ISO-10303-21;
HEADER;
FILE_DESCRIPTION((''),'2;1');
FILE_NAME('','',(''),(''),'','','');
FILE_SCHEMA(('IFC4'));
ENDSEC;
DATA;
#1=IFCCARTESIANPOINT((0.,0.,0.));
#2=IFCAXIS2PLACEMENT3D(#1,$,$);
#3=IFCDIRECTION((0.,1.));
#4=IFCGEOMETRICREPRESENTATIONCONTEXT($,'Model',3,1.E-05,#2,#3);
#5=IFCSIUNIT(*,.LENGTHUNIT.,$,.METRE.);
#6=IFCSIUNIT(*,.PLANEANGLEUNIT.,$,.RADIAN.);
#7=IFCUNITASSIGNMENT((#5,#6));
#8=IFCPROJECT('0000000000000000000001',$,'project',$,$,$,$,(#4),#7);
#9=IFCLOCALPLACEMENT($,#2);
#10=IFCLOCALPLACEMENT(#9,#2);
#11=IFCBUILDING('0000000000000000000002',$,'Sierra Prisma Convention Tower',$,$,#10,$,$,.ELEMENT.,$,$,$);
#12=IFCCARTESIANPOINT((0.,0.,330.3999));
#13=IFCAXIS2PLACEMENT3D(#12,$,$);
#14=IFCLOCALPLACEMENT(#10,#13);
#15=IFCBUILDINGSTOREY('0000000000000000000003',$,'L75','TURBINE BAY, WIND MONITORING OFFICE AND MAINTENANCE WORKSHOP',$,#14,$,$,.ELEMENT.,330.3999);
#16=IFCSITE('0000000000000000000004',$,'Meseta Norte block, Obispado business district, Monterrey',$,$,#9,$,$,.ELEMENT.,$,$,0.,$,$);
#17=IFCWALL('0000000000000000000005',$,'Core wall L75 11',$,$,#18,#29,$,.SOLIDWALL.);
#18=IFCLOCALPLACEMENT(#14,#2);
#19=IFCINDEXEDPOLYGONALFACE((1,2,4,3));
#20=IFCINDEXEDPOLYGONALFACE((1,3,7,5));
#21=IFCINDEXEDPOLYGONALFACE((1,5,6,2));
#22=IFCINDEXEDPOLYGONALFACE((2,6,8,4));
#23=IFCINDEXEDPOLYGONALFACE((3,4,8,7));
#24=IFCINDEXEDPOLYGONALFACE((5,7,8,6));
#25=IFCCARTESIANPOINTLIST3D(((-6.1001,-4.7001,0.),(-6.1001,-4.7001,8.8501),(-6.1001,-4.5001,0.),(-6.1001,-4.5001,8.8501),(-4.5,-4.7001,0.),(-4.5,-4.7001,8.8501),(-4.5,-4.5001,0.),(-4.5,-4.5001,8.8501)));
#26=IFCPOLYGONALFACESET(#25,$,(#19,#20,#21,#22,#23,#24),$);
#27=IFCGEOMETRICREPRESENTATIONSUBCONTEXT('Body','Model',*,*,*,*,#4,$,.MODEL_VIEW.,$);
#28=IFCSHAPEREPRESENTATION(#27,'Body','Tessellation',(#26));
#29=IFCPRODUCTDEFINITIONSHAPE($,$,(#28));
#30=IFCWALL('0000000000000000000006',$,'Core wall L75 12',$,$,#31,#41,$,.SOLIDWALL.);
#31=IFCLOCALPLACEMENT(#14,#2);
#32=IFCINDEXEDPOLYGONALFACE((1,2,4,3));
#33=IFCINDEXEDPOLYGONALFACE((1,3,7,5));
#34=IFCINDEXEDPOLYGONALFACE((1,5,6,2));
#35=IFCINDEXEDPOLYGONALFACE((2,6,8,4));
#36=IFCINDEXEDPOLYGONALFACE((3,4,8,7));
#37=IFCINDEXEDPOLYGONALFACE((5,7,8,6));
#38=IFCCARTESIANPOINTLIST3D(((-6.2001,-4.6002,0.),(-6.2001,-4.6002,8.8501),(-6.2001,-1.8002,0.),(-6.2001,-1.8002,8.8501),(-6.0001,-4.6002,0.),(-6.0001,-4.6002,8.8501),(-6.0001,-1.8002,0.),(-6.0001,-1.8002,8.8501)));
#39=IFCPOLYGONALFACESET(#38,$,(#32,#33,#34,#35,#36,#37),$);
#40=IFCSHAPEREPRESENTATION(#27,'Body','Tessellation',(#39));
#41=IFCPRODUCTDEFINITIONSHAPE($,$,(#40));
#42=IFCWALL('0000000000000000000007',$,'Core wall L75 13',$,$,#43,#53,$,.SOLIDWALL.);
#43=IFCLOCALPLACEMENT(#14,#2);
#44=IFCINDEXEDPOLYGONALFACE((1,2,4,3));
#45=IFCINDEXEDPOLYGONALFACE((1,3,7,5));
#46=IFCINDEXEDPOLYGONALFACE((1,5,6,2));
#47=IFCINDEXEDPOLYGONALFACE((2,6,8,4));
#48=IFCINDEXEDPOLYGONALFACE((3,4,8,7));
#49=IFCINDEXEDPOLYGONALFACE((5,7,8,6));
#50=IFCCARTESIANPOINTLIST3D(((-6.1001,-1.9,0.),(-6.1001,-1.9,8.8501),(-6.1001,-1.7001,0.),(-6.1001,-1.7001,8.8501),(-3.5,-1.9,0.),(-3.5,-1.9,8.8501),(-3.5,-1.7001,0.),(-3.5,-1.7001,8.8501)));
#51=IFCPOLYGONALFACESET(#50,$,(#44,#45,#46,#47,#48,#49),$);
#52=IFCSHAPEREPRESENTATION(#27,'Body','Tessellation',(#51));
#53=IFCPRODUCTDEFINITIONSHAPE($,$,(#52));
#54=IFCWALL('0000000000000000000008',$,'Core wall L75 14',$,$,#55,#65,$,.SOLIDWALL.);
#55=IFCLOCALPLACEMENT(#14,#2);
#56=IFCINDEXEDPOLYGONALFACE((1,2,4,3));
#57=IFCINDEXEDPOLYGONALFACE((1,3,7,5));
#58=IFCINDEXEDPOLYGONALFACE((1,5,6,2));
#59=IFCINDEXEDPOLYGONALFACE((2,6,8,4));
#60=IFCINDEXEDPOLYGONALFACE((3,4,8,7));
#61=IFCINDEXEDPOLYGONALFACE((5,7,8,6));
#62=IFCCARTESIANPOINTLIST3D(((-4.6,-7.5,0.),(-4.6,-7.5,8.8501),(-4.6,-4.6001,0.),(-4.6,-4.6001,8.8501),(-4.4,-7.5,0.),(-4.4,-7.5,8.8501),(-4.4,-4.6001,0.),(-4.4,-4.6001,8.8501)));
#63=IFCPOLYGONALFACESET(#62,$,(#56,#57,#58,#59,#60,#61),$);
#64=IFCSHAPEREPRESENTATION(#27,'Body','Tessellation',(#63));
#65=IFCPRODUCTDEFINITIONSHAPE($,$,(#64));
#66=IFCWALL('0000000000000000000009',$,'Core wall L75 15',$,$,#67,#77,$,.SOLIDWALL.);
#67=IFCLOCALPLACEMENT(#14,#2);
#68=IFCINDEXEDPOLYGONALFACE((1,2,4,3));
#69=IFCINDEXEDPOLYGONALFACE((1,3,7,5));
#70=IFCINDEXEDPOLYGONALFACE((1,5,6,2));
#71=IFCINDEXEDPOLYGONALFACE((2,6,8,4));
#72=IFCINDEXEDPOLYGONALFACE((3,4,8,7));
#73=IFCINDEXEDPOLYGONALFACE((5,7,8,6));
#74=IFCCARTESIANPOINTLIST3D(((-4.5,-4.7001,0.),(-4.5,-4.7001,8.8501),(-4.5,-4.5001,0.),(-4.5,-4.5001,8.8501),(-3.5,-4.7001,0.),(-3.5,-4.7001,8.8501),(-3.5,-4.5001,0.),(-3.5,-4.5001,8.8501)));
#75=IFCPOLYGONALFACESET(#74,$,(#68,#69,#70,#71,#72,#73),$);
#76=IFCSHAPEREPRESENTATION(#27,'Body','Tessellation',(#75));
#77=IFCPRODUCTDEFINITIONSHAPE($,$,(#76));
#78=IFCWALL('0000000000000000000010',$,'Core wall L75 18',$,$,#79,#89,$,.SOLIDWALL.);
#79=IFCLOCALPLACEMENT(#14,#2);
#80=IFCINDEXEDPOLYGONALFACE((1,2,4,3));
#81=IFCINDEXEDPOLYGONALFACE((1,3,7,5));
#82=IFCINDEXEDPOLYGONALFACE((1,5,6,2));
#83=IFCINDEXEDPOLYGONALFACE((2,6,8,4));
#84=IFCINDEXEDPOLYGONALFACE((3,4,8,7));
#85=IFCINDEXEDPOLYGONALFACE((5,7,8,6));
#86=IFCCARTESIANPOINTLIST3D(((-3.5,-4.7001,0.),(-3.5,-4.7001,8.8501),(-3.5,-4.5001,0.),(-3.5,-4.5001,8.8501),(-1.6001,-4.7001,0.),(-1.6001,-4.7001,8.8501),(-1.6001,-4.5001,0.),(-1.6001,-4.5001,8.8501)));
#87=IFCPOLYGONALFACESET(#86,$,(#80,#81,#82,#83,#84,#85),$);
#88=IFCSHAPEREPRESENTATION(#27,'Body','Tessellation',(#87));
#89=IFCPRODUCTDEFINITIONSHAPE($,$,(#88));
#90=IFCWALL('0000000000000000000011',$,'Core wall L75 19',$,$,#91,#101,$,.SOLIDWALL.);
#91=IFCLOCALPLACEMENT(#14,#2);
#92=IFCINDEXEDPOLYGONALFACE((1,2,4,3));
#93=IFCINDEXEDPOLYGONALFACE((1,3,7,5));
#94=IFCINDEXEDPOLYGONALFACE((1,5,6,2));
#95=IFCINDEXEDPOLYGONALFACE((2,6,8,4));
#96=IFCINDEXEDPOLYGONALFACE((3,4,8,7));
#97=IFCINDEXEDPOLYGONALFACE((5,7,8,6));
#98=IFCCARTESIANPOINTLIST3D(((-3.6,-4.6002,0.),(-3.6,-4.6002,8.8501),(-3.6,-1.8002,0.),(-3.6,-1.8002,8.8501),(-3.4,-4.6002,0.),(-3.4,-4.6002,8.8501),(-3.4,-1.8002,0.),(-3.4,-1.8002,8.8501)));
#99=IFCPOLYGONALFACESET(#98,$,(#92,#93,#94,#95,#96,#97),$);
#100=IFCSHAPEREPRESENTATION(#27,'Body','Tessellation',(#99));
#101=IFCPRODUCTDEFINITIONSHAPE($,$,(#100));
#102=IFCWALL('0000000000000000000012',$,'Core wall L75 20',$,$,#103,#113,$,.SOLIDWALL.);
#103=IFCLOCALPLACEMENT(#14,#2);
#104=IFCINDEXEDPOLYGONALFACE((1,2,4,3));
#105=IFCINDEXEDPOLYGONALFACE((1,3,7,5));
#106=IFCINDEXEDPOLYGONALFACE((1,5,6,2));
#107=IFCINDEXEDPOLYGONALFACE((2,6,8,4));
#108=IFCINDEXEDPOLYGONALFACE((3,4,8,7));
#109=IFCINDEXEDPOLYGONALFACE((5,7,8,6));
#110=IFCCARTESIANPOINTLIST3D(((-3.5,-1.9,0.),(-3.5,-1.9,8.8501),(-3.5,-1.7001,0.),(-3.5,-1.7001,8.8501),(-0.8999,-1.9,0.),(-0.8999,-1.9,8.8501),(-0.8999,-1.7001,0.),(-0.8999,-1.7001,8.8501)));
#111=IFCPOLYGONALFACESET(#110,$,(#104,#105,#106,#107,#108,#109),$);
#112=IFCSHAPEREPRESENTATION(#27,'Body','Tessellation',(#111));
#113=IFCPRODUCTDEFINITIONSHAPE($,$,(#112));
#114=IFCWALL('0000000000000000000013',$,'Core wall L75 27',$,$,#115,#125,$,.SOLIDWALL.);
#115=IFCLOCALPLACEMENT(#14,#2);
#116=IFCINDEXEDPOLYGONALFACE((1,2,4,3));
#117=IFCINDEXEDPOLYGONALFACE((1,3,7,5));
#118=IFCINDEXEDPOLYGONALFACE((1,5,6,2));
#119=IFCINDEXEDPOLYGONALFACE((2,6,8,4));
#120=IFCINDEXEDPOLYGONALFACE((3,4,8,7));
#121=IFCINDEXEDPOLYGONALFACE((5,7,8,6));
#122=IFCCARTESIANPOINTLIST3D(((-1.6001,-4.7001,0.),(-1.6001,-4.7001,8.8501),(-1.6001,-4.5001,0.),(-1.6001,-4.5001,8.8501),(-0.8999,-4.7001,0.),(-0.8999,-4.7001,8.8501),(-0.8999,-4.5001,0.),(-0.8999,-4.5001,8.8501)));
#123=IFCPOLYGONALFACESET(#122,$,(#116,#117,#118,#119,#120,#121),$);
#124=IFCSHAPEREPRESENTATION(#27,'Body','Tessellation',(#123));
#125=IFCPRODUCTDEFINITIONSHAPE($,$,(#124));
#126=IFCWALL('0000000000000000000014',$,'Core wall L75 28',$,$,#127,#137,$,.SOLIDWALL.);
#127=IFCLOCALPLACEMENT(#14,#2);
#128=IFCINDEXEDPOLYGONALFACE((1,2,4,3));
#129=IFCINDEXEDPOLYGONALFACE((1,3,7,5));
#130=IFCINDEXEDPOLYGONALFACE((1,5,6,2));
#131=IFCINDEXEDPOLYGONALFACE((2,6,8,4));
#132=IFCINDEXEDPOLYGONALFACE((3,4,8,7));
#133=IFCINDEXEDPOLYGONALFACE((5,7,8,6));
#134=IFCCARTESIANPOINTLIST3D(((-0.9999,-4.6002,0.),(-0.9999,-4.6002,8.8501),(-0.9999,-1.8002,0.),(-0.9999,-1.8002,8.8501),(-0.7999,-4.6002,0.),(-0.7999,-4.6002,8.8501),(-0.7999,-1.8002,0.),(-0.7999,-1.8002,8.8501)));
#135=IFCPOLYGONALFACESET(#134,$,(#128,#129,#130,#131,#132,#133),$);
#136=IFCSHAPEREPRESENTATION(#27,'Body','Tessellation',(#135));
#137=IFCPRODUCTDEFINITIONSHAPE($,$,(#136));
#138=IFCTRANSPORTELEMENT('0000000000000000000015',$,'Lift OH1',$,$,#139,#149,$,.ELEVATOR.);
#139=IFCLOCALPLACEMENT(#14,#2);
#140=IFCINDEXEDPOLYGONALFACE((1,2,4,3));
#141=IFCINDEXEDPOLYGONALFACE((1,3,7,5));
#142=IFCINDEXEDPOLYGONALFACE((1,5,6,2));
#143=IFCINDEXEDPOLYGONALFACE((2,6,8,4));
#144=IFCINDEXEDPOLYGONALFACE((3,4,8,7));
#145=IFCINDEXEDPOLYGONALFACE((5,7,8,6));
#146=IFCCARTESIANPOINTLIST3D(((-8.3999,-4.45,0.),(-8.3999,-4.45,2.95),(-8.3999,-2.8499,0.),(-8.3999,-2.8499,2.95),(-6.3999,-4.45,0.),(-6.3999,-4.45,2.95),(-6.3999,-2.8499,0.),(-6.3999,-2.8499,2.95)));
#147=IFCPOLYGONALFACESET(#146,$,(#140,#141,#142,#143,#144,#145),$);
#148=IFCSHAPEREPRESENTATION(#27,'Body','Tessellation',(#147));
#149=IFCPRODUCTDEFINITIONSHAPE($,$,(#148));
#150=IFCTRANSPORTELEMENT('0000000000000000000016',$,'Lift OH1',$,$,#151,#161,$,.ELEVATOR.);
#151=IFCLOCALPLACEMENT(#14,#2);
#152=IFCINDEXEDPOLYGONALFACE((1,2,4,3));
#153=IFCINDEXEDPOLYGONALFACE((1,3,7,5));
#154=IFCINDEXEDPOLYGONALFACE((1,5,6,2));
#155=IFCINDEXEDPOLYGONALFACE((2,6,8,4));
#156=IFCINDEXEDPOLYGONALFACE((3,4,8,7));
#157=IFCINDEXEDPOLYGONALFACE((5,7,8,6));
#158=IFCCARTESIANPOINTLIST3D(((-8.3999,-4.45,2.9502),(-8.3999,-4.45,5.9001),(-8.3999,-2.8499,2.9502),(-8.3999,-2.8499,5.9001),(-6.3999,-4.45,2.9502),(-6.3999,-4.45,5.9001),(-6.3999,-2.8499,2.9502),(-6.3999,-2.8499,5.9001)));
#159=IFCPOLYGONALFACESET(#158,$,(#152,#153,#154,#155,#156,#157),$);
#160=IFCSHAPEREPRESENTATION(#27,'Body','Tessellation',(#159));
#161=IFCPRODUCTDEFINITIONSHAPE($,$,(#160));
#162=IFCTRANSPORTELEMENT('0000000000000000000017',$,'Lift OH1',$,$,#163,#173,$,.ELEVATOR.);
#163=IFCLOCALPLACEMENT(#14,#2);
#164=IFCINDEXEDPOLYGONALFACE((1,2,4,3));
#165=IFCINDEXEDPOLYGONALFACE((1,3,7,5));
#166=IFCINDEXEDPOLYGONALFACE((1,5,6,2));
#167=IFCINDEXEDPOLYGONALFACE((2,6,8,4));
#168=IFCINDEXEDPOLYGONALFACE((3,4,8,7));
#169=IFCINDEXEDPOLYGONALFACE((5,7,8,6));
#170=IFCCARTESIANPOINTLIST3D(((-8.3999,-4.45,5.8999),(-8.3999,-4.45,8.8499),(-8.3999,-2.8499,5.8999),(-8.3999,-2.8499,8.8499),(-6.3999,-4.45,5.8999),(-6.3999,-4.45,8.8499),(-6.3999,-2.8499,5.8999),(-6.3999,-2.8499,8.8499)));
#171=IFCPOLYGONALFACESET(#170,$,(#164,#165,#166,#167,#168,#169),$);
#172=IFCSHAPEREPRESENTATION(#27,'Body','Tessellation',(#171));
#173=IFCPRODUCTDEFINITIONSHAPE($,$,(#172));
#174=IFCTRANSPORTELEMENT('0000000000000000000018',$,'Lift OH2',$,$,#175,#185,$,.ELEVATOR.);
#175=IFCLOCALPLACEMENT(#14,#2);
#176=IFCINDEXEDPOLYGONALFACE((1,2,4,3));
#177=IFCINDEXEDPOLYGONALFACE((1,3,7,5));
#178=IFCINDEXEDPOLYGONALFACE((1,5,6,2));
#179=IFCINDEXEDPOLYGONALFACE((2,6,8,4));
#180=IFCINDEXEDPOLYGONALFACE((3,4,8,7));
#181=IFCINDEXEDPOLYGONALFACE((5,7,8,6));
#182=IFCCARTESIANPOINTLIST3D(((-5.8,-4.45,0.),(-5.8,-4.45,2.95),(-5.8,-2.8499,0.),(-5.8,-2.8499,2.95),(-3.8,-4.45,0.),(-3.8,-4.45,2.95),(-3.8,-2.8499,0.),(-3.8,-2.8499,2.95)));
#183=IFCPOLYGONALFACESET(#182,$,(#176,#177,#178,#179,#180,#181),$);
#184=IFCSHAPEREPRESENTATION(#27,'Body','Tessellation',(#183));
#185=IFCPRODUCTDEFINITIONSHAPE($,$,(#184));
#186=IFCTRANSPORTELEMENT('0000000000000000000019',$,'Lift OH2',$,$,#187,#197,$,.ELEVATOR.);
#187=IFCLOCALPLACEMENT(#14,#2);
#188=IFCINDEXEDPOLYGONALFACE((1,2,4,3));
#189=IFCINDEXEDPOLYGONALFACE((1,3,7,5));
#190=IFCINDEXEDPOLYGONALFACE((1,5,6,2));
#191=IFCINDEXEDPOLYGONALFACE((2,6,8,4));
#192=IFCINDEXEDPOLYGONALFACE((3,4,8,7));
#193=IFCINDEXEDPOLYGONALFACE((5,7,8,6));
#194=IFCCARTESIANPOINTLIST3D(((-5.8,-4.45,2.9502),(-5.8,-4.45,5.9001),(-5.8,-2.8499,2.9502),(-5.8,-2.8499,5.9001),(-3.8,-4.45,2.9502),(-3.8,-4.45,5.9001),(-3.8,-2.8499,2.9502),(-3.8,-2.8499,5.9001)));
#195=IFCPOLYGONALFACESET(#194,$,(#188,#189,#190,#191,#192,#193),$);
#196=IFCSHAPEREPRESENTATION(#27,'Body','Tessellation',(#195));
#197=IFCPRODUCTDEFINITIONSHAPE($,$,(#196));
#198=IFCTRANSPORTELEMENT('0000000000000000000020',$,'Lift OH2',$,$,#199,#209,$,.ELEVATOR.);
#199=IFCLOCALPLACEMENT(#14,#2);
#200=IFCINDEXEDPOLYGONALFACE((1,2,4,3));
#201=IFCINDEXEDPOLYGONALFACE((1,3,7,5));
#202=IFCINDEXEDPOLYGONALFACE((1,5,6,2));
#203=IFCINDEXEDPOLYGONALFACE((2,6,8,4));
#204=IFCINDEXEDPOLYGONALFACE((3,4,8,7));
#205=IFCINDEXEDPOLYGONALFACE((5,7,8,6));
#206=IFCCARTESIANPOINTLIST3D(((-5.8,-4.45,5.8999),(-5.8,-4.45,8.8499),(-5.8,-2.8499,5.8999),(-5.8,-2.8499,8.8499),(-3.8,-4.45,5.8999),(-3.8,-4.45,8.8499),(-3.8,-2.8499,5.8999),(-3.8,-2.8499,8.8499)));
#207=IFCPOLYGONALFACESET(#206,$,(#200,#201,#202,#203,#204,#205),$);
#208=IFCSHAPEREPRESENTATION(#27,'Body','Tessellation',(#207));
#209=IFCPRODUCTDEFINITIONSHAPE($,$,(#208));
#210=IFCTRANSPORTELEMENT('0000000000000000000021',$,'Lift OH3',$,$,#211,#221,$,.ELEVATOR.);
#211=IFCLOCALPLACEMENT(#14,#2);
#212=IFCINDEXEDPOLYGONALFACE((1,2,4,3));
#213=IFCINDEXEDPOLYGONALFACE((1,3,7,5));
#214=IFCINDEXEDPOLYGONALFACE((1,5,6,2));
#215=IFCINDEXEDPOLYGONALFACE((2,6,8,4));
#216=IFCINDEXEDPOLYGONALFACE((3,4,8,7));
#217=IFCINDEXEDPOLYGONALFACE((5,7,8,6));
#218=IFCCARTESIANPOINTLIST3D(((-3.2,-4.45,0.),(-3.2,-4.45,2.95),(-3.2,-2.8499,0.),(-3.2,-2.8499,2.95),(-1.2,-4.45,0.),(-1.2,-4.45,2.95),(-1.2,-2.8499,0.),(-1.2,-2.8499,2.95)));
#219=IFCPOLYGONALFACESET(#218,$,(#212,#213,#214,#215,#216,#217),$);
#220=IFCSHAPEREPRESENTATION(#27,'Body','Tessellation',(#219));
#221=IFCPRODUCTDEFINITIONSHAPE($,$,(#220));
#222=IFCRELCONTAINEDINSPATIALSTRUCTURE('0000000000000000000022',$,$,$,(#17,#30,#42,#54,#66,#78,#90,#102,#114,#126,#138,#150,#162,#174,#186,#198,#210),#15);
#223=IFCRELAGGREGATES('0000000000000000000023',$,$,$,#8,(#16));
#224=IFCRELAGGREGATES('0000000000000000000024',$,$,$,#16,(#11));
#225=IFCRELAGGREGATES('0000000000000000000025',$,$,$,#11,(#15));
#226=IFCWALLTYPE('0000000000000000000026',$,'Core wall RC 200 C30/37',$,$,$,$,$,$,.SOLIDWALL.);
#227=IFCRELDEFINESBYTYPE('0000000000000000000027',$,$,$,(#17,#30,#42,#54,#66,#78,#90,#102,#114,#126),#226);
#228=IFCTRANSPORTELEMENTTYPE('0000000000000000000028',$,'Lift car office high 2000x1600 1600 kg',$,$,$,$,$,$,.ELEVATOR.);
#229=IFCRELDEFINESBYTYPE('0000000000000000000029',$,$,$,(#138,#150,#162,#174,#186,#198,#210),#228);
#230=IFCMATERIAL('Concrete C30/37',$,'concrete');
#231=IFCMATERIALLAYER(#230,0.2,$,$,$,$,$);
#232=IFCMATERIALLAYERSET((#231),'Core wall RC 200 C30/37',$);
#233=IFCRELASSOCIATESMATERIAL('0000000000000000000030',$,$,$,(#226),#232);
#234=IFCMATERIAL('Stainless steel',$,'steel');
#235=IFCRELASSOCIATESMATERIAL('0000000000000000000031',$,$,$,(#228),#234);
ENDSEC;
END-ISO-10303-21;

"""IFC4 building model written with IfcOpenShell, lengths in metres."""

from ifc_helpers import new_model, si_unit, direction, frame, frame_2d, origin, origin_2d, place, context, subcontext, project, spatial, rectangle, extrude, material, layer, layer_set, type_object, element, save


model = new_model("IFC4")

# Units and contexts
model_context = context("Model", 3, precision=1e-05, world=origin(), true_north=direction((0.0, 1.0)))
body_context = subcontext(model_context, "Body", "Model", "MODEL_VIEW")
ifc_project = project(units=[si_unit("LENGTHUNIT", "METRE"), si_unit("PLANEANGLEUNIT", "RADIAN")], contexts=[model_context])

# Site, building, storey
site_placement = place(None, origin())
site = spatial("IfcSite", under=ifc_project, at=site_placement, Name="Meseta Norte block, Obispado business district, Monterrey", CompositionType="ELEMENT", RefElevation=0.0)
building_placement = place(site_placement, origin())
building = spatial("IfcBuilding", under=site, at=building_placement, Name="Sierra Prisma Convention Tower", CompositionType="ELEMENT")
storey_placement = place(building_placement, frame((0.0, 0.0, 330.3999)))
storey = spatial("IfcBuildingStorey", under=building, at=storey_placement, Name="L75", Description="TURBINE BAY, WIND MONITORING OFFICE AND MAINTENANCE WORKSHOP", CompositionType="ELEMENT", Elevation=330.3999)

# Walls
ifc_material_1 = material(Name="Concrete C30/37", Category="concrete")
ifc_layer = layer(ifc_material_1, 0.2)
ifc_layer_set = layer_set([ifc_layer], Name="Core wall RC 200 C30/37")
wall_type = type_object("IfcWallType", Name="Core wall RC 200 C30/37", PredefinedType="SOLIDWALL", material=ifc_layer_set)
wall_1_placement = place(storey_placement, frame((-6.1001, -4.6001, 0.0), z_axis=(0.0, 0.0, 1.0), x_axis=(1.0, 0.0, 0.0)))
element("IfcWall", 1, at=wall_1_placement, inside=storey, type_object=wall_type, Name="Core wall L75 11", PredefinedType="SOLIDWALL", context=body_context, shape_type="SweptSolid", body=[
    extrude(rectangle(XDim=1.6001, YDim=0.2, at=frame_2d((0.8, 0.0))), origin(), (0.0, 0.0, 1.0), 8.8501),
])
wall_2_placement = place(storey_placement, frame((-6.1001, -4.6001, 0.0), z_axis=(0.0, 0.0, 1.0), x_axis=(0.0, 1.0, 0.0)))
element("IfcWall", 2, at=wall_2_placement, inside=storey, type_object=wall_type, Name="Core wall L75 12", PredefinedType="SOLIDWALL", context=body_context, shape_type="SweptSolid", body=[
    extrude(rectangle(XDim=2.8, YDim=0.2, at=frame_2d((1.3999, 0.0))), origin(), (0.0, 0.0, 1.0), 8.8501),
])
wall_3_placement = place(storey_placement, frame((-6.1001, -1.8, 0.0), z_axis=(0.0, 0.0, 1.0), x_axis=(1.0, 0.0, 0.0)))
element("IfcWall", 3, at=wall_3_placement, inside=storey, type_object=wall_type, Name="Core wall L75 13", PredefinedType="SOLIDWALL", context=body_context, shape_type="SweptSolid", body=[
    extrude(rectangle(XDim=2.6001, YDim=0.2, at=frame_2d((1.3, 0.0))), origin(), (0.0, 0.0, 1.0), 8.8501),
])
wall_4_placement = place(storey_placement, frame((-4.5, -4.6001, 0.0), z_axis=(0.0, 0.0, 1.0), x_axis=(0.0, -1.0, 0.0)))
element("IfcWall", 4, at=wall_4_placement, inside=storey, type_object=wall_type, Name="Core wall L75 14", PredefinedType="SOLIDWALL", context=body_context, shape_type="SweptSolid", body=[
    extrude(rectangle(XDim=2.8999, YDim=0.2, at=frame_2d((1.45, 0.0))), origin(), (0.0, 0.0, 1.0), 8.8501),
])
wall_5_placement = place(storey_placement, frame((-4.5, -4.6001, 0.0), z_axis=(0.0, 0.0, 1.0), x_axis=(1.0, 0.0, 0.0)))
element("IfcWall", 5, at=wall_5_placement, inside=storey, type_object=wall_type, Name="Core wall L75 15", PredefinedType="SOLIDWALL", context=body_context, shape_type="SweptSolid", body=[
    extrude(rectangle(XDim=1.0, YDim=0.2, at=frame_2d((0.5, 0.0))), origin(), (0.0, 0.0, 1.0), 8.8501),
])
wall_6_placement = place(storey_placement, frame((-3.5, -4.6001, 0.0), z_axis=(0.0, 0.0, 1.0), x_axis=(1.0, 0.0, 0.0)))
element("IfcWall", 6, at=wall_6_placement, inside=storey, type_object=wall_type, Name="Core wall L75 18", PredefinedType="SOLIDWALL", context=body_context, shape_type="SweptSolid", body=[
    extrude(rectangle(XDim=1.8999, YDim=0.2, at=frame_2d((0.95, 0.0))), origin(), (0.0, 0.0, 1.0), 8.8501),
])
wall_7_placement = place(storey_placement, frame((-3.5, -4.6001, 0.0), z_axis=(0.0, 0.0, 1.0), x_axis=(0.0, 1.0, 0.0)))
element("IfcWall", 7, at=wall_7_placement, inside=storey, type_object=wall_type, Name="Core wall L75 19", PredefinedType="SOLIDWALL", context=body_context, shape_type="SweptSolid", body=[
    extrude(rectangle(XDim=2.8, YDim=0.2, at=frame_2d((1.3999, 0.0))), origin(), (0.0, 0.0, 1.0), 8.8501),
])
wall_8_placement = place(storey_placement, frame((-3.5, -1.8, 0.0), z_axis=(0.0, 0.0, 1.0), x_axis=(1.0, 0.0, 0.0)))
element("IfcWall", 8, at=wall_8_placement, inside=storey, type_object=wall_type, Name="Core wall L75 20", PredefinedType="SOLIDWALL", context=body_context, shape_type="SweptSolid", body=[
    extrude(rectangle(XDim=2.6001, YDim=0.2, at=frame_2d((1.3, 0.0))), origin(), (0.0, 0.0, 1.0), 8.8501),
])
wall_9_placement = place(storey_placement, frame((-1.6001, -4.6001, 0.0), z_axis=(0.0, 0.0, 1.0), x_axis=(1.0, 0.0, 0.0)))
element("IfcWall", 9, at=wall_9_placement, inside=storey, type_object=wall_type, Name="Core wall L75 27", PredefinedType="SOLIDWALL", context=body_context, shape_type="SweptSolid", body=[
    extrude(rectangle(XDim=0.7002, YDim=0.2, at=frame_2d((0.3501, 0.0))), origin(), (0.0, 0.0, 1.0), 8.8501),
])
wall_10_placement = place(storey_placement, frame((-0.8999, -4.6001, 0.0), z_axis=(0.0, 0.0, 1.0), x_axis=(0.0, 1.0, 0.0)))
element("IfcWall", 10, at=wall_10_placement, inside=storey, type_object=wall_type, Name="Core wall L75 28", PredefinedType="SOLIDWALL", context=body_context, shape_type="SweptSolid", body=[
    extrude(rectangle(XDim=2.8, YDim=0.2, at=frame_2d((1.3999, 0.0))), origin(), (0.0, 0.0, 1.0), 8.8501),
])

# Transport elements
ifc_material_2 = material(Name="Stainless steel", Category="steel")
transport_element_type = type_object("IfcTransportElementType", Name="Lift car office high 2000x1600 1600 kg", PredefinedType="ELEVATOR", material=ifc_material_2)
for number, where, z_axis, x_axis, name in (
    (11, (-7.3999, -3.6499, 0.0), (0.0, 0.0, 1.0), (1.0, 0.0, 0.0), "Lift OH1"),
    (12, (-7.3999, -3.6499, 2.9502), (0.0, 0.0, 1.0), (1.0, 0.0, 0.0), "Lift OH1"),
    (13, (-7.3999, -3.6499, 5.8999), (0.0, 0.0, 1.0), (1.0, 0.0, 0.0), "Lift OH1"),
    (14, (-4.8, -3.6499, 0.0), (0.0, 0.0, 1.0), (1.0, 0.0, 0.0), "Lift OH2"),
    (15, (-4.8, -3.6499, 2.9502), (0.0, 0.0, 1.0), (1.0, 0.0, 0.0), "Lift OH2"),
    (16, (-4.8, -3.6499, 5.8999), (0.0, 0.0, 1.0), (1.0, 0.0, 0.0), "Lift OH2"),
    (17, (-2.2, -3.6499, 0.0), (0.0, 0.0, 1.0), (1.0, 0.0, 0.0), "Lift OH3"),
):
    element("IfcTransportElement", number, at=place(storey_placement, frame(where, z_axis=z_axis, x_axis=x_axis)), inside=storey, type_object=transport_element_type, Name=name, PredefinedType="ELEVATOR", context=body_context, shape_type="SweptSolid", body=[
        extrude(rectangle(XDim=2.0, YDim=1.6001, at=origin_2d()), origin(), (0.0, 0.0, 1.0), 2.95),
    ])

save(model, "model.ifc")
